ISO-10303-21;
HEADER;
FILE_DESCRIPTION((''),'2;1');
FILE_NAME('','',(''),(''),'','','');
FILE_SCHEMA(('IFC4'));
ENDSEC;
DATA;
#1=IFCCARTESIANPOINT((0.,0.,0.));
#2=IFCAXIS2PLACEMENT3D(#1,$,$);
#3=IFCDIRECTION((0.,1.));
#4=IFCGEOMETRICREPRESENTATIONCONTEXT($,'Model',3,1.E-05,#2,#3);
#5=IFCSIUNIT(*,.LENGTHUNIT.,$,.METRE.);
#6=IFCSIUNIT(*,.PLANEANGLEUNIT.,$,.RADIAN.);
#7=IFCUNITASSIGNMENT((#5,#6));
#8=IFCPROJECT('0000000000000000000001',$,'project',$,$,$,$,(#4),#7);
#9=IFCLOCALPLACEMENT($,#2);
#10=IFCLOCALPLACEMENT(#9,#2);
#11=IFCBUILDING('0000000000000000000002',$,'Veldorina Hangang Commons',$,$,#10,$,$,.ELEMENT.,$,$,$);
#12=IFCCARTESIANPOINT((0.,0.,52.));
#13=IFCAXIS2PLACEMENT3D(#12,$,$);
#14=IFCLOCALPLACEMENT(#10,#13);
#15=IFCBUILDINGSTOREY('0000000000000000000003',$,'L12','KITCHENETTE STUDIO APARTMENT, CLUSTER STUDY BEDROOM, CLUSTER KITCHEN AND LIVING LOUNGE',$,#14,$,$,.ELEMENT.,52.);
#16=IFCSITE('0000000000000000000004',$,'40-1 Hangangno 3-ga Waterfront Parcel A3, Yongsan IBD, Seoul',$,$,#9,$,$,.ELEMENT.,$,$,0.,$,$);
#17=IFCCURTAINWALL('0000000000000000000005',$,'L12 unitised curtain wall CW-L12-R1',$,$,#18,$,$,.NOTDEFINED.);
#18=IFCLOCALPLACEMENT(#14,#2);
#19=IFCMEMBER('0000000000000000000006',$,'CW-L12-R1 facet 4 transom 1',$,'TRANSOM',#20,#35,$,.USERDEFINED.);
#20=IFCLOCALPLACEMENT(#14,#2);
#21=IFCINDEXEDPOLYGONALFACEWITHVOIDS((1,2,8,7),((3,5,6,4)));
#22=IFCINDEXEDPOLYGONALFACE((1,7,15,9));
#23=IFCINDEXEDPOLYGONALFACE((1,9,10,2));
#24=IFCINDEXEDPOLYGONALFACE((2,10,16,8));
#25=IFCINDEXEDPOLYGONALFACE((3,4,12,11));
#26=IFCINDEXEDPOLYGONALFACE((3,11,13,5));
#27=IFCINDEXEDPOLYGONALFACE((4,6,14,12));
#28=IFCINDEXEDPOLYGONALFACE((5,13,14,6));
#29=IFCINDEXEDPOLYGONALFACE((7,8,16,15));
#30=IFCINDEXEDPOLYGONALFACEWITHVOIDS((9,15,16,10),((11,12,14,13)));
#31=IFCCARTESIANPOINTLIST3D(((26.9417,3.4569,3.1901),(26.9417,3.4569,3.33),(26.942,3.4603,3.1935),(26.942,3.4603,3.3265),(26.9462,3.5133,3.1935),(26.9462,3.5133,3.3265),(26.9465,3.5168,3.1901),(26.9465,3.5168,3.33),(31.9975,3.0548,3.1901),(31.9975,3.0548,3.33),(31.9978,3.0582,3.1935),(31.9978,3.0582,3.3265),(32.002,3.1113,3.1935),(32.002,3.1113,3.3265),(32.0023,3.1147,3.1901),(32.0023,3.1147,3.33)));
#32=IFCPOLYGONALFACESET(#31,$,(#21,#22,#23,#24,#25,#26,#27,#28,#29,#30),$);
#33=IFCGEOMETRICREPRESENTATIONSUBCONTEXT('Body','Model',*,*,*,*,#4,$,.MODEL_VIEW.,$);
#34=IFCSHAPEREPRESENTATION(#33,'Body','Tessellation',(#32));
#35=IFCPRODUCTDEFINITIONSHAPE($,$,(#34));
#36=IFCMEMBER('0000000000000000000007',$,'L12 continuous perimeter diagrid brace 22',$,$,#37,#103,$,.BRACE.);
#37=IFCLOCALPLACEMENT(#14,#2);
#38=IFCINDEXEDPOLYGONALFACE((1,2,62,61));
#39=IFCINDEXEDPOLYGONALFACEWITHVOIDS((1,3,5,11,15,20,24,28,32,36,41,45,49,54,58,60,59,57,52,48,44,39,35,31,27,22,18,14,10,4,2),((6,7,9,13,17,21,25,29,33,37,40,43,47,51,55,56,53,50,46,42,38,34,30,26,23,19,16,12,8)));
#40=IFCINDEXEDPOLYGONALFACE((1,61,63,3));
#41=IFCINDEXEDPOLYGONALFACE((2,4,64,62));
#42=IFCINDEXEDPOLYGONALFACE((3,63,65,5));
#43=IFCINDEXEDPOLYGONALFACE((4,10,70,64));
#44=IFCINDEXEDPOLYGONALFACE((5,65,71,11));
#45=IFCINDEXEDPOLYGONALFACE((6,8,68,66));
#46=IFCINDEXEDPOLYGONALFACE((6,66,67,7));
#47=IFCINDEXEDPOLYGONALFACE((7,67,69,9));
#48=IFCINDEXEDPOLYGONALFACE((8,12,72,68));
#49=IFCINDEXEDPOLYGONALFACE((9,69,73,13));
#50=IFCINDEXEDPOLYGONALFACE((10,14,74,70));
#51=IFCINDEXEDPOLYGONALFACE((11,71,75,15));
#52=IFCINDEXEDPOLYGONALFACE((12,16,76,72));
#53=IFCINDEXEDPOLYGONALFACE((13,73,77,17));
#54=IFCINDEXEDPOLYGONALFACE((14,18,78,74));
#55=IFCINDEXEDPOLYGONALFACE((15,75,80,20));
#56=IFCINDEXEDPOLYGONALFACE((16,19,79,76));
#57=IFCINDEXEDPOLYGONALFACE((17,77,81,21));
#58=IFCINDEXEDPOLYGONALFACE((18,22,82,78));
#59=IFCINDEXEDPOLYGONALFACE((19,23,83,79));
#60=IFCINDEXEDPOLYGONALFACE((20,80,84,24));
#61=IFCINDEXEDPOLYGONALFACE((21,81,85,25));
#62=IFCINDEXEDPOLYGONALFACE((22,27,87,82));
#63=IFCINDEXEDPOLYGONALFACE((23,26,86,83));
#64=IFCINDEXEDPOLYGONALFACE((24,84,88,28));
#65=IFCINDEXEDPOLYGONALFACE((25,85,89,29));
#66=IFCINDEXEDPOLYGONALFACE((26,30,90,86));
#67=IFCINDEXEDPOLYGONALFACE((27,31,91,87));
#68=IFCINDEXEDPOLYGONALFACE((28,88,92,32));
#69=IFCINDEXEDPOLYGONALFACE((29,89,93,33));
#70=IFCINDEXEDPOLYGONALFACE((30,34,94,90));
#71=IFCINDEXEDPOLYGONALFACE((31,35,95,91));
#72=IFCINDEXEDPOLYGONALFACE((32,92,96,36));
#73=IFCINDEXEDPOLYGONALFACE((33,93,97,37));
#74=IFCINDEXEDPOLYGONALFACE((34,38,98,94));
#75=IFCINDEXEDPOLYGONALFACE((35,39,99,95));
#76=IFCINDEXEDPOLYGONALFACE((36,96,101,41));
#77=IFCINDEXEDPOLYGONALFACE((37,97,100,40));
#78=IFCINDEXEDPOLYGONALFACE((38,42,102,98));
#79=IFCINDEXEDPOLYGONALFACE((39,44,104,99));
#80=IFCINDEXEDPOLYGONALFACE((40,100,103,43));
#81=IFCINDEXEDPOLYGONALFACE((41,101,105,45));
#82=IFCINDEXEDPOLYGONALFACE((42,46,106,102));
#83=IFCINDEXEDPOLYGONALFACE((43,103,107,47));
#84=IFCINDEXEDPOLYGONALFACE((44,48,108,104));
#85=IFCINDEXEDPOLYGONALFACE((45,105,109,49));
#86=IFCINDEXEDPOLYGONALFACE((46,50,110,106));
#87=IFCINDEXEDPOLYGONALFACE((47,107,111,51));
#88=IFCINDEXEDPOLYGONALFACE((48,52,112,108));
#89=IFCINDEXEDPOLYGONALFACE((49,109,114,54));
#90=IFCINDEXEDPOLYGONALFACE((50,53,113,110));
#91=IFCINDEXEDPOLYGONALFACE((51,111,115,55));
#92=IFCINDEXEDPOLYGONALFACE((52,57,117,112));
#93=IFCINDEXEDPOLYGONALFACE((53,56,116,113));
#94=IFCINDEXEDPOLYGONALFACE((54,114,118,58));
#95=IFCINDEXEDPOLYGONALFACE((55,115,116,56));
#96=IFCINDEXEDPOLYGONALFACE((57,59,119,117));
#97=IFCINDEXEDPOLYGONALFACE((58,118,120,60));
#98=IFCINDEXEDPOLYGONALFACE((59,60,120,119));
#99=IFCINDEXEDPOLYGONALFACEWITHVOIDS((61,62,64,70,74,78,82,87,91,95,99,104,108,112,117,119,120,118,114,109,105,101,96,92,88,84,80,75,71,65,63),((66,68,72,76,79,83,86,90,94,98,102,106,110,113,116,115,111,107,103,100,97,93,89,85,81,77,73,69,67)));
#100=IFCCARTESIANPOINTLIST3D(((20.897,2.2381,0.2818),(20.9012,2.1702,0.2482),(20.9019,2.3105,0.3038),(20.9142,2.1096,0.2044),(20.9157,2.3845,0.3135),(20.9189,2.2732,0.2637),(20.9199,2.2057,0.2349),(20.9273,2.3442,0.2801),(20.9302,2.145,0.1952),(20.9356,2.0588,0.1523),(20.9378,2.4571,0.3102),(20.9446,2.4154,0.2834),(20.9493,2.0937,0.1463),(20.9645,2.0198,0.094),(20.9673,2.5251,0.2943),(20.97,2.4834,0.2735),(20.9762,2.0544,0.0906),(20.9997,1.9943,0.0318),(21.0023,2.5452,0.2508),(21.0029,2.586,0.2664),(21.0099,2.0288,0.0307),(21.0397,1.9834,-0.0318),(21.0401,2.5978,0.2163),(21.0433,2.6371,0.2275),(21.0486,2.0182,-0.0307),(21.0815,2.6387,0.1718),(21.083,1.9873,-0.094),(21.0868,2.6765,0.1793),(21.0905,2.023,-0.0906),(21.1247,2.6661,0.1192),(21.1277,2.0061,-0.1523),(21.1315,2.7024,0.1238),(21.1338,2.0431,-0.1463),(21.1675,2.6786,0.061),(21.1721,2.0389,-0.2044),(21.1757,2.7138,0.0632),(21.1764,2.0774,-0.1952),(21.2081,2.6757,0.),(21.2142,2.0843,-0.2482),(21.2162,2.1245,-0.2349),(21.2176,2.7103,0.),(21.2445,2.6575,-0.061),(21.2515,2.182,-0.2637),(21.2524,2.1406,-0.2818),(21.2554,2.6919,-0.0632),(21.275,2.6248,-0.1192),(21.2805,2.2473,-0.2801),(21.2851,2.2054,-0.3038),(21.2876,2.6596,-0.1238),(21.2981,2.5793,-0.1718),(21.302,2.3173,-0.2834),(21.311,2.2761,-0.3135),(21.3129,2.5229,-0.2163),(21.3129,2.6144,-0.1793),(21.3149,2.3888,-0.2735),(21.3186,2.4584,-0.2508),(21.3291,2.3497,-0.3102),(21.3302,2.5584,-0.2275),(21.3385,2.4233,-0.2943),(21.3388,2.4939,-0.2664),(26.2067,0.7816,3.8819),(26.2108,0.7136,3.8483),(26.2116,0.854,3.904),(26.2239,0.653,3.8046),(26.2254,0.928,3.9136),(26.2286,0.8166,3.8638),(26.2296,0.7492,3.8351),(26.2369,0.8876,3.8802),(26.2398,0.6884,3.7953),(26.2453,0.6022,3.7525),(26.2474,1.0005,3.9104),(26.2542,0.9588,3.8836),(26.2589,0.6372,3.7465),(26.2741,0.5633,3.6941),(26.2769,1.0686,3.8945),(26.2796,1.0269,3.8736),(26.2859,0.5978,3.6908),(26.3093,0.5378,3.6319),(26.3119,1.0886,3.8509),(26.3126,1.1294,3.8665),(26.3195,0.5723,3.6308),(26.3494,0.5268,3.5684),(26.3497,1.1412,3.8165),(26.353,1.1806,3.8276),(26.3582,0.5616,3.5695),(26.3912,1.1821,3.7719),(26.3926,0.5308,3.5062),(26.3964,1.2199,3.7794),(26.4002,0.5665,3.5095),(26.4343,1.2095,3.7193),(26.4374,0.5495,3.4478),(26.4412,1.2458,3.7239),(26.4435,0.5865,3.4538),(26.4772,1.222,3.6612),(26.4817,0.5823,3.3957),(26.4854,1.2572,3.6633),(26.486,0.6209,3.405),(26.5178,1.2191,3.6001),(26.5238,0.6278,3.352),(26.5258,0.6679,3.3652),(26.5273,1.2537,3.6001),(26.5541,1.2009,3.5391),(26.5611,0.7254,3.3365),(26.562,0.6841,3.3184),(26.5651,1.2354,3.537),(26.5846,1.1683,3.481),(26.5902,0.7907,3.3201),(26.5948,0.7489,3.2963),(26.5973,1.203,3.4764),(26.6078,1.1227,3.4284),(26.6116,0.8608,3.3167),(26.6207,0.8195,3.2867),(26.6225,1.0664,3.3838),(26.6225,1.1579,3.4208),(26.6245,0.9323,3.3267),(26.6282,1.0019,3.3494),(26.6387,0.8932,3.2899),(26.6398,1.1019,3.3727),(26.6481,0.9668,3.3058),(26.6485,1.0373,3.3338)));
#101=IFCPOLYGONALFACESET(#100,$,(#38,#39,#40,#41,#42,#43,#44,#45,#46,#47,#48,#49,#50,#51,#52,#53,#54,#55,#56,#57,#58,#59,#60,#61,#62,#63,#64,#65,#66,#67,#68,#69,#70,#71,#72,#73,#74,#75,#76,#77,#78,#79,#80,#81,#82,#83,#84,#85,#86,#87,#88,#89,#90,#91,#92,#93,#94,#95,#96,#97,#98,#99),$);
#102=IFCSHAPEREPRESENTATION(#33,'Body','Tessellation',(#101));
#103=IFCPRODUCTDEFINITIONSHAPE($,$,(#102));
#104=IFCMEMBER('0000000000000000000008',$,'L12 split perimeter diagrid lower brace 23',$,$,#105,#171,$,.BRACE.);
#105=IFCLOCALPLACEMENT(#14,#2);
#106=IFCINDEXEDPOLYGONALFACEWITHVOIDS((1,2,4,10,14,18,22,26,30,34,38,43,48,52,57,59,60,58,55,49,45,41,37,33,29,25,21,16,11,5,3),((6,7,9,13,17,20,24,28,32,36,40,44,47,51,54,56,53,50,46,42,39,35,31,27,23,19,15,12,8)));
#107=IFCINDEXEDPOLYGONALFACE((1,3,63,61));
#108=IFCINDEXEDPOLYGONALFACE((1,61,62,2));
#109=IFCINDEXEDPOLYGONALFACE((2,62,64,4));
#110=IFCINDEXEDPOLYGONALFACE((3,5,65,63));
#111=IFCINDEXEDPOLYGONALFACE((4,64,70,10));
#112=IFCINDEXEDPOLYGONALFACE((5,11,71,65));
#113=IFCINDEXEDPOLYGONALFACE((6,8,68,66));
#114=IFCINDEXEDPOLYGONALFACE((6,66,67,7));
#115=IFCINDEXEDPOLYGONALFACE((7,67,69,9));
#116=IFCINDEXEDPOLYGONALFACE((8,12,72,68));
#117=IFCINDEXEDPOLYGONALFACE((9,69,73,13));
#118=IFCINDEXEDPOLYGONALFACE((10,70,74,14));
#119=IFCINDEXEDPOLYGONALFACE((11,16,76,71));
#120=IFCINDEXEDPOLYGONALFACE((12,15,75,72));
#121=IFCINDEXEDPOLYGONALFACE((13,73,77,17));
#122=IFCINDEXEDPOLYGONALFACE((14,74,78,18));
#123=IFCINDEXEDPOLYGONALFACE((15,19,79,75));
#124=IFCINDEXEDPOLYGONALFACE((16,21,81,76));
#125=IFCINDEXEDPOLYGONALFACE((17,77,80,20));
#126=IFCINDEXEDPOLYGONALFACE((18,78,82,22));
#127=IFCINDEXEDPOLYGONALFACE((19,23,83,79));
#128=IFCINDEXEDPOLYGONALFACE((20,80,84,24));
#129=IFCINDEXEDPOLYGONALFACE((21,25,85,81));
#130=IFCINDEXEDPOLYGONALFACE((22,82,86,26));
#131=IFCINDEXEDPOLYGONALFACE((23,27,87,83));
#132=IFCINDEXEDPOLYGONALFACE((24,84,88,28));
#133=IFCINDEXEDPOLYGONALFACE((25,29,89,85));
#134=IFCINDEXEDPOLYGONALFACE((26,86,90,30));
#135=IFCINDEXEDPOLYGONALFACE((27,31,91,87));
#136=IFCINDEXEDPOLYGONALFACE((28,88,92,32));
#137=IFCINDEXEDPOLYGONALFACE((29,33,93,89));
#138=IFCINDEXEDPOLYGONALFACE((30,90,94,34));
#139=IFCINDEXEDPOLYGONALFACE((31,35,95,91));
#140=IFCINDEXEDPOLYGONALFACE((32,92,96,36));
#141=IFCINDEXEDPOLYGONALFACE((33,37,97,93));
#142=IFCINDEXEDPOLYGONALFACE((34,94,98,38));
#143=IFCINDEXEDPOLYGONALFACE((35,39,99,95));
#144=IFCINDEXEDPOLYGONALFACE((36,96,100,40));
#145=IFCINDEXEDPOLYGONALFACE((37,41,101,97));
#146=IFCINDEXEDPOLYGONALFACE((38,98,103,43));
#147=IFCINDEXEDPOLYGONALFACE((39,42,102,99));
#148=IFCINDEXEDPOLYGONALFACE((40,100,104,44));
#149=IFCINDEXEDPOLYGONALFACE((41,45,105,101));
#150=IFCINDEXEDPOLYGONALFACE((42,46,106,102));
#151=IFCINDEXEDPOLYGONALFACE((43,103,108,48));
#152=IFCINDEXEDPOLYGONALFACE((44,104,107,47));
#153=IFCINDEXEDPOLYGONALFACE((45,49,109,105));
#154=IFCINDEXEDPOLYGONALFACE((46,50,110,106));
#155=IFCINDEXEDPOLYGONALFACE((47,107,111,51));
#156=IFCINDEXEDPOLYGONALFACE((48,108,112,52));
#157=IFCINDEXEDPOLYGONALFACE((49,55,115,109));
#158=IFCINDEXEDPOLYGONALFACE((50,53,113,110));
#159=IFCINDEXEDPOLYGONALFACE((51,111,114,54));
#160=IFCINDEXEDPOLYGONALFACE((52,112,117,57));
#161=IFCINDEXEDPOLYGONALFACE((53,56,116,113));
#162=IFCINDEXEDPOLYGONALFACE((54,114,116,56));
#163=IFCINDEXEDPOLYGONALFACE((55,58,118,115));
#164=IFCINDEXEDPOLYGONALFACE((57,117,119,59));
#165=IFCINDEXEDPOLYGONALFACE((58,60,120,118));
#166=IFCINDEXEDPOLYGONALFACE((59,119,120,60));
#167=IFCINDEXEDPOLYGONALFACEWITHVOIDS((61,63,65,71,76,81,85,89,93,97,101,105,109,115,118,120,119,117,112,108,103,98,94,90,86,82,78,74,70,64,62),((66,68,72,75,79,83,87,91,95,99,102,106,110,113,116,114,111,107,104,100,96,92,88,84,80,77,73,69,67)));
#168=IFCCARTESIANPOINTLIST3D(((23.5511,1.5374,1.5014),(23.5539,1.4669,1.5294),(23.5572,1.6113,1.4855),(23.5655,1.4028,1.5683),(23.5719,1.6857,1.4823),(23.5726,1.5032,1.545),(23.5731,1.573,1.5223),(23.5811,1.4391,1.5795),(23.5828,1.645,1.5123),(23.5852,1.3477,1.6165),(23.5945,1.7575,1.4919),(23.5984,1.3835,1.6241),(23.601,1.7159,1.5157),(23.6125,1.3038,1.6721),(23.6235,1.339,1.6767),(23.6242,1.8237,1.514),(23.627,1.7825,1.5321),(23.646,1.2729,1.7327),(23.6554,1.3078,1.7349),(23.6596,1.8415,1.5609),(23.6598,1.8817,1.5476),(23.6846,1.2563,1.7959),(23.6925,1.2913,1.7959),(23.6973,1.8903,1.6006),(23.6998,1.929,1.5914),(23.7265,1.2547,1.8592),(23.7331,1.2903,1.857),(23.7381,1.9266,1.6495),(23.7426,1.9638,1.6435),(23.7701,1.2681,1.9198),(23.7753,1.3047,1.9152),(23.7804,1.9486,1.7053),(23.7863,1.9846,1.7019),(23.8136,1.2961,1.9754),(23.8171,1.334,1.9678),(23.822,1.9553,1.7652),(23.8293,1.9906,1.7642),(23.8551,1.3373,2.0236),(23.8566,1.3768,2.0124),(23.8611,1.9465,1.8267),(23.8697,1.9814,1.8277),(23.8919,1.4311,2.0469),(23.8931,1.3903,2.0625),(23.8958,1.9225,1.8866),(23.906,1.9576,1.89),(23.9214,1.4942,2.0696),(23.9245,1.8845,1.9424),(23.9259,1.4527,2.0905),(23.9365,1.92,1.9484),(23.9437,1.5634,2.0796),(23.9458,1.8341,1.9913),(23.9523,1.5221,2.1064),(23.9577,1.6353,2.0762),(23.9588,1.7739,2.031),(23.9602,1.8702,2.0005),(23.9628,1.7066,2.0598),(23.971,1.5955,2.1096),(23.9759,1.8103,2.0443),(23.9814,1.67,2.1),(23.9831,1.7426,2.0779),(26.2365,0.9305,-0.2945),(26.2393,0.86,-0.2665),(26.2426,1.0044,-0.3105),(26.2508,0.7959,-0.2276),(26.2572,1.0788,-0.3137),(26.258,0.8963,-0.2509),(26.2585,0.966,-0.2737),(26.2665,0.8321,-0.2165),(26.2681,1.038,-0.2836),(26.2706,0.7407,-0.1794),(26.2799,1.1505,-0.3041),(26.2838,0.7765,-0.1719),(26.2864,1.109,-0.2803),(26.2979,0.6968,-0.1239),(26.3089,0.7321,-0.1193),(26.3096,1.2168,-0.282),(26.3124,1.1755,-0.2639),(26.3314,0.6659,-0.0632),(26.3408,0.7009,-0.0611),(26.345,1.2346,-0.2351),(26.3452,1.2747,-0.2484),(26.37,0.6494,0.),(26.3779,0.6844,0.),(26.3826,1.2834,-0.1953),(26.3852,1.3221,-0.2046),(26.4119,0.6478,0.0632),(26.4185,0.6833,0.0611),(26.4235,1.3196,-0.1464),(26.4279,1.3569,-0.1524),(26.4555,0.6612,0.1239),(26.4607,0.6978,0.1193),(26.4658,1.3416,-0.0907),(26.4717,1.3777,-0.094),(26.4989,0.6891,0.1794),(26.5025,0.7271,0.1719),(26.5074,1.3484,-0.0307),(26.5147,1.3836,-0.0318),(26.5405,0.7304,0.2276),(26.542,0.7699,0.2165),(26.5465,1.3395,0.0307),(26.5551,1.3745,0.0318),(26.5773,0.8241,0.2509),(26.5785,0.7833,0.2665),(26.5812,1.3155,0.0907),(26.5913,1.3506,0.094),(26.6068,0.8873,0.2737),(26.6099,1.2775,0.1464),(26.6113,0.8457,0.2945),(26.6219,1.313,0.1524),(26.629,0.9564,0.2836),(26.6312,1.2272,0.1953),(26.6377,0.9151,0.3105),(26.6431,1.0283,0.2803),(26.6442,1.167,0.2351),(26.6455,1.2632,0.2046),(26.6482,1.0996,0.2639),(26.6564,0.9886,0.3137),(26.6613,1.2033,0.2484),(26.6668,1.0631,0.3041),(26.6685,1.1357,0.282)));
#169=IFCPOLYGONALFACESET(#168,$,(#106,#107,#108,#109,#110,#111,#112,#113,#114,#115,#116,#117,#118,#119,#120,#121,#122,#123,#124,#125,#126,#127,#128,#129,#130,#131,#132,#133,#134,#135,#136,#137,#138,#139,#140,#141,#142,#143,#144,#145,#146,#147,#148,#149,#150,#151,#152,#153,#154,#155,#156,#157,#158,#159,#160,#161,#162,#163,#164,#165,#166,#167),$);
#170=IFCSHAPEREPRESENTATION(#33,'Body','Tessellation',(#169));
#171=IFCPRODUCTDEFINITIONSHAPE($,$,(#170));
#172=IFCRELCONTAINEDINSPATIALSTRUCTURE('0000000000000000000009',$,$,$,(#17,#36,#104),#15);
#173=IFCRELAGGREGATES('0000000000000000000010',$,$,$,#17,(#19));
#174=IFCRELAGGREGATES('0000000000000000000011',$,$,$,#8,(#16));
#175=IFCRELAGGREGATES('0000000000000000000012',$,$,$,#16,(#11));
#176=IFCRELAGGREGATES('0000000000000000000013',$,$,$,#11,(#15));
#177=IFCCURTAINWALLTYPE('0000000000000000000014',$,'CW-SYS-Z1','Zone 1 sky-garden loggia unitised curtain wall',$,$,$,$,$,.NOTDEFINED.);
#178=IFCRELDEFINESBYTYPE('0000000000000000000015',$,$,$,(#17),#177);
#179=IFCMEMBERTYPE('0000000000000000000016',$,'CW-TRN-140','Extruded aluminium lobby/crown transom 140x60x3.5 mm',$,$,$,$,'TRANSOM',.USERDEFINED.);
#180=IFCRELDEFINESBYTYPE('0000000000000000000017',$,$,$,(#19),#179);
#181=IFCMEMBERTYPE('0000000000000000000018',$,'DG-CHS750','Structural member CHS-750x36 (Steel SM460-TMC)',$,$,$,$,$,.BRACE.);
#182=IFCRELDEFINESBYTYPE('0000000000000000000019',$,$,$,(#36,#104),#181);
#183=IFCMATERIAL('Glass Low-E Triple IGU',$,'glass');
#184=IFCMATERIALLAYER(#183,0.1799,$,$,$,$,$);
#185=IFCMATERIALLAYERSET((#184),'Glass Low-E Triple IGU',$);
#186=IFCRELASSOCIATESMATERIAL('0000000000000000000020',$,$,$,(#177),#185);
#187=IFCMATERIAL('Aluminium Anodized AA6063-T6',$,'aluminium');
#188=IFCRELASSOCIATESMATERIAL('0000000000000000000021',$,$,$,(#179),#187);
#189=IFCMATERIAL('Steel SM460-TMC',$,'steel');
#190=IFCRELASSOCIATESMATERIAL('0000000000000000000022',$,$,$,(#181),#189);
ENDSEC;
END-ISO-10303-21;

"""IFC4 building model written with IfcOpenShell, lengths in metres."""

from ifc_helpers import new_model, si_unit, direction, frame, origin, origin_2d, place, context, subcontext, project, spatial, hollow_rectangle, hollow_circle, extrude, material, layer, layer_set, material_profile, profile_set, type_object, element, aggregate, save


model = new_model("IFC4")

# Units and contexts
model_context = context("Model", 3, precision=1e-05, world=origin(), true_north=direction((0.0, 1.0)))
body_context = subcontext(model_context, "Body", "Model", "MODEL_VIEW")
ifc_project = project(units=[si_unit("LENGTHUNIT", "METRE"), si_unit("PLANEANGLEUNIT", "RADIAN")], contexts=[model_context])

# Site, building, storey
site_placement = place(None, origin())
site = spatial("IfcSite", under=ifc_project, at=site_placement, Name="40-1 Hangangno 3-ga Waterfront Parcel A3, Yongsan IBD, Seoul", CompositionType="ELEMENT", RefElevation=0.0)
building_placement = place(site_placement, origin())
building = spatial("IfcBuilding", under=site, at=building_placement, Name="Veldorina Hangang Commons", CompositionType="ELEMENT")
storey_placement = place(building_placement, frame((0.0, 0.0, 52.0)))
storey = spatial("IfcBuildingStorey", under=building, at=storey_placement, Name="L12", Description="KITCHENETTE STUDIO APARTMENT, CLUSTER STUDY BEDROOM, CLUSTER KITCHEN AND LIVING LOUNGE", CompositionType="ELEMENT", Elevation=52.0)

# Shared definitions
ifc_material_1 = material(Name="Steel SM460-TMC", Category="steel")

# Curtain wall, member
ifc_material_2 = material(Name="Glass Low-E Triple IGU", Category="glass")
ifc_layer_1 = layer(ifc_material_2, 0.1799)
ifc_layer_set_1 = layer_set([ifc_layer_1], Name="Glass Low-E Triple IGU")
curtain_wall_type = type_object("IfcCurtainWallType", Name="CW-SYS-Z1", Description="Zone 1 sky-garden loggia unitised curtain wall", PredefinedType="NOTDEFINED", material=ifc_layer_set_1)
curtain_wall_placement = place(storey_placement, origin())
curtain_wall = element("IfcCurtainWall", 1, at=curtain_wall_placement, inside=storey, type_object=curtain_wall_type, Name="L12 unitised curtain wall CW-L12-R1", PredefinedType="NOTDEFINED")
ifc_material_3 = material(Name="Aluminium Anodized AA6063-T6", Category="aluminium")
ifc_material_profile_1 = material_profile(ifc_material_3, hollow_rectangle(XDim=0.0601, YDim=0.1399, WallThickness=0.0034, at=origin_2d()), Name="ALU-RHS-140x60x3.5")
ifc_profile_set_1 = profile_set([ifc_material_profile_1], Name="Aluminium Anodized AA6063-T6")
member_type_1 = type_object("IfcMemberType", Name="CW-TRN-140", Description="Extruded aluminium lobby/crown transom 140x60x3.5 mm", ElementType="TRANSOM", PredefinedType="USERDEFINED", material=ifc_profile_set_1)
member_1_placement = place(storey_placement, frame((26.9441, 3.4868, 3.26), z_axis=(0.996852, -0.07928, 0.0), x_axis=(0.07928, 0.996852, 0.0)))
member_1 = element("IfcMember", 2, at=member_1_placement, type_object=member_type_1, Name="CW-L12-R1 facet 4 transom 1", ObjectType="TRANSOM", PredefinedType="USERDEFINED", context=body_context, shape_type="SweptSolid", body=[
    extrude(hollow_rectangle(XDim=0.0601, YDim=0.1399, WallThickness=0.0034, at=origin_2d()), origin(), (0.0, 0.0, 1.0), 5.0718),
])

# Members
ifc_material_profile_2 = material_profile(ifc_material_1, hollow_circle(Radius=0.375, WallThickness=0.0359, at=origin_2d()), Name="CHS-750x36")
ifc_profile_set_2 = profile_set([ifc_material_profile_2], Name="Steel SM460-TMC")
member_type_2 = type_object("IfcMemberType", Name="DG-CHS750", Description="Structural member CHS-750x36 (Steel SM460-TMC)", PredefinedType="BRACE", material=ifc_profile_set_2)
member_2_placement = place(storey_placement, frame((21.1184, 2.3486, 0.0), z_axis=(0.807137, -0.221417, 0.54727), x_axis=(0.26455, 0.964372, 0.0)))
element("IfcMember", 3, at=member_2_placement, inside=storey, type_object=member_type_2, Name="L12 continuous perimeter diagrid brace 22", PredefinedType="BRACE", context=body_context, shape_type="SweptSolid", body=[
    extrude(hollow_circle(Radius=0.375, WallThickness=0.0359, at=origin_2d()), origin(), (0.0, 0.0, 1.0), 6.5784),
])
member_3_placement = place(storey_placement, frame((26.4526, 1.0151, 0.0), z_axis=(-0.816943, 0.184646, 0.546361), x_axis=(-0.22046, -0.975396, 0.0)))
element("IfcMember", 4, at=member_3_placement, inside=storey, type_object=member_type_2, Name="L12 split perimeter diagrid lower brace 23", PredefinedType="BRACE", context=body_context, shape_type="SweptSolid", body=[
    extrude(hollow_circle(Radius=0.375, WallThickness=0.0359, at=origin_2d()), origin(), (0.0, 0.0, 1.0), 3.2871),
])

aggregate(curtain_wall, [member_1])

save(model, "model.ifc")
